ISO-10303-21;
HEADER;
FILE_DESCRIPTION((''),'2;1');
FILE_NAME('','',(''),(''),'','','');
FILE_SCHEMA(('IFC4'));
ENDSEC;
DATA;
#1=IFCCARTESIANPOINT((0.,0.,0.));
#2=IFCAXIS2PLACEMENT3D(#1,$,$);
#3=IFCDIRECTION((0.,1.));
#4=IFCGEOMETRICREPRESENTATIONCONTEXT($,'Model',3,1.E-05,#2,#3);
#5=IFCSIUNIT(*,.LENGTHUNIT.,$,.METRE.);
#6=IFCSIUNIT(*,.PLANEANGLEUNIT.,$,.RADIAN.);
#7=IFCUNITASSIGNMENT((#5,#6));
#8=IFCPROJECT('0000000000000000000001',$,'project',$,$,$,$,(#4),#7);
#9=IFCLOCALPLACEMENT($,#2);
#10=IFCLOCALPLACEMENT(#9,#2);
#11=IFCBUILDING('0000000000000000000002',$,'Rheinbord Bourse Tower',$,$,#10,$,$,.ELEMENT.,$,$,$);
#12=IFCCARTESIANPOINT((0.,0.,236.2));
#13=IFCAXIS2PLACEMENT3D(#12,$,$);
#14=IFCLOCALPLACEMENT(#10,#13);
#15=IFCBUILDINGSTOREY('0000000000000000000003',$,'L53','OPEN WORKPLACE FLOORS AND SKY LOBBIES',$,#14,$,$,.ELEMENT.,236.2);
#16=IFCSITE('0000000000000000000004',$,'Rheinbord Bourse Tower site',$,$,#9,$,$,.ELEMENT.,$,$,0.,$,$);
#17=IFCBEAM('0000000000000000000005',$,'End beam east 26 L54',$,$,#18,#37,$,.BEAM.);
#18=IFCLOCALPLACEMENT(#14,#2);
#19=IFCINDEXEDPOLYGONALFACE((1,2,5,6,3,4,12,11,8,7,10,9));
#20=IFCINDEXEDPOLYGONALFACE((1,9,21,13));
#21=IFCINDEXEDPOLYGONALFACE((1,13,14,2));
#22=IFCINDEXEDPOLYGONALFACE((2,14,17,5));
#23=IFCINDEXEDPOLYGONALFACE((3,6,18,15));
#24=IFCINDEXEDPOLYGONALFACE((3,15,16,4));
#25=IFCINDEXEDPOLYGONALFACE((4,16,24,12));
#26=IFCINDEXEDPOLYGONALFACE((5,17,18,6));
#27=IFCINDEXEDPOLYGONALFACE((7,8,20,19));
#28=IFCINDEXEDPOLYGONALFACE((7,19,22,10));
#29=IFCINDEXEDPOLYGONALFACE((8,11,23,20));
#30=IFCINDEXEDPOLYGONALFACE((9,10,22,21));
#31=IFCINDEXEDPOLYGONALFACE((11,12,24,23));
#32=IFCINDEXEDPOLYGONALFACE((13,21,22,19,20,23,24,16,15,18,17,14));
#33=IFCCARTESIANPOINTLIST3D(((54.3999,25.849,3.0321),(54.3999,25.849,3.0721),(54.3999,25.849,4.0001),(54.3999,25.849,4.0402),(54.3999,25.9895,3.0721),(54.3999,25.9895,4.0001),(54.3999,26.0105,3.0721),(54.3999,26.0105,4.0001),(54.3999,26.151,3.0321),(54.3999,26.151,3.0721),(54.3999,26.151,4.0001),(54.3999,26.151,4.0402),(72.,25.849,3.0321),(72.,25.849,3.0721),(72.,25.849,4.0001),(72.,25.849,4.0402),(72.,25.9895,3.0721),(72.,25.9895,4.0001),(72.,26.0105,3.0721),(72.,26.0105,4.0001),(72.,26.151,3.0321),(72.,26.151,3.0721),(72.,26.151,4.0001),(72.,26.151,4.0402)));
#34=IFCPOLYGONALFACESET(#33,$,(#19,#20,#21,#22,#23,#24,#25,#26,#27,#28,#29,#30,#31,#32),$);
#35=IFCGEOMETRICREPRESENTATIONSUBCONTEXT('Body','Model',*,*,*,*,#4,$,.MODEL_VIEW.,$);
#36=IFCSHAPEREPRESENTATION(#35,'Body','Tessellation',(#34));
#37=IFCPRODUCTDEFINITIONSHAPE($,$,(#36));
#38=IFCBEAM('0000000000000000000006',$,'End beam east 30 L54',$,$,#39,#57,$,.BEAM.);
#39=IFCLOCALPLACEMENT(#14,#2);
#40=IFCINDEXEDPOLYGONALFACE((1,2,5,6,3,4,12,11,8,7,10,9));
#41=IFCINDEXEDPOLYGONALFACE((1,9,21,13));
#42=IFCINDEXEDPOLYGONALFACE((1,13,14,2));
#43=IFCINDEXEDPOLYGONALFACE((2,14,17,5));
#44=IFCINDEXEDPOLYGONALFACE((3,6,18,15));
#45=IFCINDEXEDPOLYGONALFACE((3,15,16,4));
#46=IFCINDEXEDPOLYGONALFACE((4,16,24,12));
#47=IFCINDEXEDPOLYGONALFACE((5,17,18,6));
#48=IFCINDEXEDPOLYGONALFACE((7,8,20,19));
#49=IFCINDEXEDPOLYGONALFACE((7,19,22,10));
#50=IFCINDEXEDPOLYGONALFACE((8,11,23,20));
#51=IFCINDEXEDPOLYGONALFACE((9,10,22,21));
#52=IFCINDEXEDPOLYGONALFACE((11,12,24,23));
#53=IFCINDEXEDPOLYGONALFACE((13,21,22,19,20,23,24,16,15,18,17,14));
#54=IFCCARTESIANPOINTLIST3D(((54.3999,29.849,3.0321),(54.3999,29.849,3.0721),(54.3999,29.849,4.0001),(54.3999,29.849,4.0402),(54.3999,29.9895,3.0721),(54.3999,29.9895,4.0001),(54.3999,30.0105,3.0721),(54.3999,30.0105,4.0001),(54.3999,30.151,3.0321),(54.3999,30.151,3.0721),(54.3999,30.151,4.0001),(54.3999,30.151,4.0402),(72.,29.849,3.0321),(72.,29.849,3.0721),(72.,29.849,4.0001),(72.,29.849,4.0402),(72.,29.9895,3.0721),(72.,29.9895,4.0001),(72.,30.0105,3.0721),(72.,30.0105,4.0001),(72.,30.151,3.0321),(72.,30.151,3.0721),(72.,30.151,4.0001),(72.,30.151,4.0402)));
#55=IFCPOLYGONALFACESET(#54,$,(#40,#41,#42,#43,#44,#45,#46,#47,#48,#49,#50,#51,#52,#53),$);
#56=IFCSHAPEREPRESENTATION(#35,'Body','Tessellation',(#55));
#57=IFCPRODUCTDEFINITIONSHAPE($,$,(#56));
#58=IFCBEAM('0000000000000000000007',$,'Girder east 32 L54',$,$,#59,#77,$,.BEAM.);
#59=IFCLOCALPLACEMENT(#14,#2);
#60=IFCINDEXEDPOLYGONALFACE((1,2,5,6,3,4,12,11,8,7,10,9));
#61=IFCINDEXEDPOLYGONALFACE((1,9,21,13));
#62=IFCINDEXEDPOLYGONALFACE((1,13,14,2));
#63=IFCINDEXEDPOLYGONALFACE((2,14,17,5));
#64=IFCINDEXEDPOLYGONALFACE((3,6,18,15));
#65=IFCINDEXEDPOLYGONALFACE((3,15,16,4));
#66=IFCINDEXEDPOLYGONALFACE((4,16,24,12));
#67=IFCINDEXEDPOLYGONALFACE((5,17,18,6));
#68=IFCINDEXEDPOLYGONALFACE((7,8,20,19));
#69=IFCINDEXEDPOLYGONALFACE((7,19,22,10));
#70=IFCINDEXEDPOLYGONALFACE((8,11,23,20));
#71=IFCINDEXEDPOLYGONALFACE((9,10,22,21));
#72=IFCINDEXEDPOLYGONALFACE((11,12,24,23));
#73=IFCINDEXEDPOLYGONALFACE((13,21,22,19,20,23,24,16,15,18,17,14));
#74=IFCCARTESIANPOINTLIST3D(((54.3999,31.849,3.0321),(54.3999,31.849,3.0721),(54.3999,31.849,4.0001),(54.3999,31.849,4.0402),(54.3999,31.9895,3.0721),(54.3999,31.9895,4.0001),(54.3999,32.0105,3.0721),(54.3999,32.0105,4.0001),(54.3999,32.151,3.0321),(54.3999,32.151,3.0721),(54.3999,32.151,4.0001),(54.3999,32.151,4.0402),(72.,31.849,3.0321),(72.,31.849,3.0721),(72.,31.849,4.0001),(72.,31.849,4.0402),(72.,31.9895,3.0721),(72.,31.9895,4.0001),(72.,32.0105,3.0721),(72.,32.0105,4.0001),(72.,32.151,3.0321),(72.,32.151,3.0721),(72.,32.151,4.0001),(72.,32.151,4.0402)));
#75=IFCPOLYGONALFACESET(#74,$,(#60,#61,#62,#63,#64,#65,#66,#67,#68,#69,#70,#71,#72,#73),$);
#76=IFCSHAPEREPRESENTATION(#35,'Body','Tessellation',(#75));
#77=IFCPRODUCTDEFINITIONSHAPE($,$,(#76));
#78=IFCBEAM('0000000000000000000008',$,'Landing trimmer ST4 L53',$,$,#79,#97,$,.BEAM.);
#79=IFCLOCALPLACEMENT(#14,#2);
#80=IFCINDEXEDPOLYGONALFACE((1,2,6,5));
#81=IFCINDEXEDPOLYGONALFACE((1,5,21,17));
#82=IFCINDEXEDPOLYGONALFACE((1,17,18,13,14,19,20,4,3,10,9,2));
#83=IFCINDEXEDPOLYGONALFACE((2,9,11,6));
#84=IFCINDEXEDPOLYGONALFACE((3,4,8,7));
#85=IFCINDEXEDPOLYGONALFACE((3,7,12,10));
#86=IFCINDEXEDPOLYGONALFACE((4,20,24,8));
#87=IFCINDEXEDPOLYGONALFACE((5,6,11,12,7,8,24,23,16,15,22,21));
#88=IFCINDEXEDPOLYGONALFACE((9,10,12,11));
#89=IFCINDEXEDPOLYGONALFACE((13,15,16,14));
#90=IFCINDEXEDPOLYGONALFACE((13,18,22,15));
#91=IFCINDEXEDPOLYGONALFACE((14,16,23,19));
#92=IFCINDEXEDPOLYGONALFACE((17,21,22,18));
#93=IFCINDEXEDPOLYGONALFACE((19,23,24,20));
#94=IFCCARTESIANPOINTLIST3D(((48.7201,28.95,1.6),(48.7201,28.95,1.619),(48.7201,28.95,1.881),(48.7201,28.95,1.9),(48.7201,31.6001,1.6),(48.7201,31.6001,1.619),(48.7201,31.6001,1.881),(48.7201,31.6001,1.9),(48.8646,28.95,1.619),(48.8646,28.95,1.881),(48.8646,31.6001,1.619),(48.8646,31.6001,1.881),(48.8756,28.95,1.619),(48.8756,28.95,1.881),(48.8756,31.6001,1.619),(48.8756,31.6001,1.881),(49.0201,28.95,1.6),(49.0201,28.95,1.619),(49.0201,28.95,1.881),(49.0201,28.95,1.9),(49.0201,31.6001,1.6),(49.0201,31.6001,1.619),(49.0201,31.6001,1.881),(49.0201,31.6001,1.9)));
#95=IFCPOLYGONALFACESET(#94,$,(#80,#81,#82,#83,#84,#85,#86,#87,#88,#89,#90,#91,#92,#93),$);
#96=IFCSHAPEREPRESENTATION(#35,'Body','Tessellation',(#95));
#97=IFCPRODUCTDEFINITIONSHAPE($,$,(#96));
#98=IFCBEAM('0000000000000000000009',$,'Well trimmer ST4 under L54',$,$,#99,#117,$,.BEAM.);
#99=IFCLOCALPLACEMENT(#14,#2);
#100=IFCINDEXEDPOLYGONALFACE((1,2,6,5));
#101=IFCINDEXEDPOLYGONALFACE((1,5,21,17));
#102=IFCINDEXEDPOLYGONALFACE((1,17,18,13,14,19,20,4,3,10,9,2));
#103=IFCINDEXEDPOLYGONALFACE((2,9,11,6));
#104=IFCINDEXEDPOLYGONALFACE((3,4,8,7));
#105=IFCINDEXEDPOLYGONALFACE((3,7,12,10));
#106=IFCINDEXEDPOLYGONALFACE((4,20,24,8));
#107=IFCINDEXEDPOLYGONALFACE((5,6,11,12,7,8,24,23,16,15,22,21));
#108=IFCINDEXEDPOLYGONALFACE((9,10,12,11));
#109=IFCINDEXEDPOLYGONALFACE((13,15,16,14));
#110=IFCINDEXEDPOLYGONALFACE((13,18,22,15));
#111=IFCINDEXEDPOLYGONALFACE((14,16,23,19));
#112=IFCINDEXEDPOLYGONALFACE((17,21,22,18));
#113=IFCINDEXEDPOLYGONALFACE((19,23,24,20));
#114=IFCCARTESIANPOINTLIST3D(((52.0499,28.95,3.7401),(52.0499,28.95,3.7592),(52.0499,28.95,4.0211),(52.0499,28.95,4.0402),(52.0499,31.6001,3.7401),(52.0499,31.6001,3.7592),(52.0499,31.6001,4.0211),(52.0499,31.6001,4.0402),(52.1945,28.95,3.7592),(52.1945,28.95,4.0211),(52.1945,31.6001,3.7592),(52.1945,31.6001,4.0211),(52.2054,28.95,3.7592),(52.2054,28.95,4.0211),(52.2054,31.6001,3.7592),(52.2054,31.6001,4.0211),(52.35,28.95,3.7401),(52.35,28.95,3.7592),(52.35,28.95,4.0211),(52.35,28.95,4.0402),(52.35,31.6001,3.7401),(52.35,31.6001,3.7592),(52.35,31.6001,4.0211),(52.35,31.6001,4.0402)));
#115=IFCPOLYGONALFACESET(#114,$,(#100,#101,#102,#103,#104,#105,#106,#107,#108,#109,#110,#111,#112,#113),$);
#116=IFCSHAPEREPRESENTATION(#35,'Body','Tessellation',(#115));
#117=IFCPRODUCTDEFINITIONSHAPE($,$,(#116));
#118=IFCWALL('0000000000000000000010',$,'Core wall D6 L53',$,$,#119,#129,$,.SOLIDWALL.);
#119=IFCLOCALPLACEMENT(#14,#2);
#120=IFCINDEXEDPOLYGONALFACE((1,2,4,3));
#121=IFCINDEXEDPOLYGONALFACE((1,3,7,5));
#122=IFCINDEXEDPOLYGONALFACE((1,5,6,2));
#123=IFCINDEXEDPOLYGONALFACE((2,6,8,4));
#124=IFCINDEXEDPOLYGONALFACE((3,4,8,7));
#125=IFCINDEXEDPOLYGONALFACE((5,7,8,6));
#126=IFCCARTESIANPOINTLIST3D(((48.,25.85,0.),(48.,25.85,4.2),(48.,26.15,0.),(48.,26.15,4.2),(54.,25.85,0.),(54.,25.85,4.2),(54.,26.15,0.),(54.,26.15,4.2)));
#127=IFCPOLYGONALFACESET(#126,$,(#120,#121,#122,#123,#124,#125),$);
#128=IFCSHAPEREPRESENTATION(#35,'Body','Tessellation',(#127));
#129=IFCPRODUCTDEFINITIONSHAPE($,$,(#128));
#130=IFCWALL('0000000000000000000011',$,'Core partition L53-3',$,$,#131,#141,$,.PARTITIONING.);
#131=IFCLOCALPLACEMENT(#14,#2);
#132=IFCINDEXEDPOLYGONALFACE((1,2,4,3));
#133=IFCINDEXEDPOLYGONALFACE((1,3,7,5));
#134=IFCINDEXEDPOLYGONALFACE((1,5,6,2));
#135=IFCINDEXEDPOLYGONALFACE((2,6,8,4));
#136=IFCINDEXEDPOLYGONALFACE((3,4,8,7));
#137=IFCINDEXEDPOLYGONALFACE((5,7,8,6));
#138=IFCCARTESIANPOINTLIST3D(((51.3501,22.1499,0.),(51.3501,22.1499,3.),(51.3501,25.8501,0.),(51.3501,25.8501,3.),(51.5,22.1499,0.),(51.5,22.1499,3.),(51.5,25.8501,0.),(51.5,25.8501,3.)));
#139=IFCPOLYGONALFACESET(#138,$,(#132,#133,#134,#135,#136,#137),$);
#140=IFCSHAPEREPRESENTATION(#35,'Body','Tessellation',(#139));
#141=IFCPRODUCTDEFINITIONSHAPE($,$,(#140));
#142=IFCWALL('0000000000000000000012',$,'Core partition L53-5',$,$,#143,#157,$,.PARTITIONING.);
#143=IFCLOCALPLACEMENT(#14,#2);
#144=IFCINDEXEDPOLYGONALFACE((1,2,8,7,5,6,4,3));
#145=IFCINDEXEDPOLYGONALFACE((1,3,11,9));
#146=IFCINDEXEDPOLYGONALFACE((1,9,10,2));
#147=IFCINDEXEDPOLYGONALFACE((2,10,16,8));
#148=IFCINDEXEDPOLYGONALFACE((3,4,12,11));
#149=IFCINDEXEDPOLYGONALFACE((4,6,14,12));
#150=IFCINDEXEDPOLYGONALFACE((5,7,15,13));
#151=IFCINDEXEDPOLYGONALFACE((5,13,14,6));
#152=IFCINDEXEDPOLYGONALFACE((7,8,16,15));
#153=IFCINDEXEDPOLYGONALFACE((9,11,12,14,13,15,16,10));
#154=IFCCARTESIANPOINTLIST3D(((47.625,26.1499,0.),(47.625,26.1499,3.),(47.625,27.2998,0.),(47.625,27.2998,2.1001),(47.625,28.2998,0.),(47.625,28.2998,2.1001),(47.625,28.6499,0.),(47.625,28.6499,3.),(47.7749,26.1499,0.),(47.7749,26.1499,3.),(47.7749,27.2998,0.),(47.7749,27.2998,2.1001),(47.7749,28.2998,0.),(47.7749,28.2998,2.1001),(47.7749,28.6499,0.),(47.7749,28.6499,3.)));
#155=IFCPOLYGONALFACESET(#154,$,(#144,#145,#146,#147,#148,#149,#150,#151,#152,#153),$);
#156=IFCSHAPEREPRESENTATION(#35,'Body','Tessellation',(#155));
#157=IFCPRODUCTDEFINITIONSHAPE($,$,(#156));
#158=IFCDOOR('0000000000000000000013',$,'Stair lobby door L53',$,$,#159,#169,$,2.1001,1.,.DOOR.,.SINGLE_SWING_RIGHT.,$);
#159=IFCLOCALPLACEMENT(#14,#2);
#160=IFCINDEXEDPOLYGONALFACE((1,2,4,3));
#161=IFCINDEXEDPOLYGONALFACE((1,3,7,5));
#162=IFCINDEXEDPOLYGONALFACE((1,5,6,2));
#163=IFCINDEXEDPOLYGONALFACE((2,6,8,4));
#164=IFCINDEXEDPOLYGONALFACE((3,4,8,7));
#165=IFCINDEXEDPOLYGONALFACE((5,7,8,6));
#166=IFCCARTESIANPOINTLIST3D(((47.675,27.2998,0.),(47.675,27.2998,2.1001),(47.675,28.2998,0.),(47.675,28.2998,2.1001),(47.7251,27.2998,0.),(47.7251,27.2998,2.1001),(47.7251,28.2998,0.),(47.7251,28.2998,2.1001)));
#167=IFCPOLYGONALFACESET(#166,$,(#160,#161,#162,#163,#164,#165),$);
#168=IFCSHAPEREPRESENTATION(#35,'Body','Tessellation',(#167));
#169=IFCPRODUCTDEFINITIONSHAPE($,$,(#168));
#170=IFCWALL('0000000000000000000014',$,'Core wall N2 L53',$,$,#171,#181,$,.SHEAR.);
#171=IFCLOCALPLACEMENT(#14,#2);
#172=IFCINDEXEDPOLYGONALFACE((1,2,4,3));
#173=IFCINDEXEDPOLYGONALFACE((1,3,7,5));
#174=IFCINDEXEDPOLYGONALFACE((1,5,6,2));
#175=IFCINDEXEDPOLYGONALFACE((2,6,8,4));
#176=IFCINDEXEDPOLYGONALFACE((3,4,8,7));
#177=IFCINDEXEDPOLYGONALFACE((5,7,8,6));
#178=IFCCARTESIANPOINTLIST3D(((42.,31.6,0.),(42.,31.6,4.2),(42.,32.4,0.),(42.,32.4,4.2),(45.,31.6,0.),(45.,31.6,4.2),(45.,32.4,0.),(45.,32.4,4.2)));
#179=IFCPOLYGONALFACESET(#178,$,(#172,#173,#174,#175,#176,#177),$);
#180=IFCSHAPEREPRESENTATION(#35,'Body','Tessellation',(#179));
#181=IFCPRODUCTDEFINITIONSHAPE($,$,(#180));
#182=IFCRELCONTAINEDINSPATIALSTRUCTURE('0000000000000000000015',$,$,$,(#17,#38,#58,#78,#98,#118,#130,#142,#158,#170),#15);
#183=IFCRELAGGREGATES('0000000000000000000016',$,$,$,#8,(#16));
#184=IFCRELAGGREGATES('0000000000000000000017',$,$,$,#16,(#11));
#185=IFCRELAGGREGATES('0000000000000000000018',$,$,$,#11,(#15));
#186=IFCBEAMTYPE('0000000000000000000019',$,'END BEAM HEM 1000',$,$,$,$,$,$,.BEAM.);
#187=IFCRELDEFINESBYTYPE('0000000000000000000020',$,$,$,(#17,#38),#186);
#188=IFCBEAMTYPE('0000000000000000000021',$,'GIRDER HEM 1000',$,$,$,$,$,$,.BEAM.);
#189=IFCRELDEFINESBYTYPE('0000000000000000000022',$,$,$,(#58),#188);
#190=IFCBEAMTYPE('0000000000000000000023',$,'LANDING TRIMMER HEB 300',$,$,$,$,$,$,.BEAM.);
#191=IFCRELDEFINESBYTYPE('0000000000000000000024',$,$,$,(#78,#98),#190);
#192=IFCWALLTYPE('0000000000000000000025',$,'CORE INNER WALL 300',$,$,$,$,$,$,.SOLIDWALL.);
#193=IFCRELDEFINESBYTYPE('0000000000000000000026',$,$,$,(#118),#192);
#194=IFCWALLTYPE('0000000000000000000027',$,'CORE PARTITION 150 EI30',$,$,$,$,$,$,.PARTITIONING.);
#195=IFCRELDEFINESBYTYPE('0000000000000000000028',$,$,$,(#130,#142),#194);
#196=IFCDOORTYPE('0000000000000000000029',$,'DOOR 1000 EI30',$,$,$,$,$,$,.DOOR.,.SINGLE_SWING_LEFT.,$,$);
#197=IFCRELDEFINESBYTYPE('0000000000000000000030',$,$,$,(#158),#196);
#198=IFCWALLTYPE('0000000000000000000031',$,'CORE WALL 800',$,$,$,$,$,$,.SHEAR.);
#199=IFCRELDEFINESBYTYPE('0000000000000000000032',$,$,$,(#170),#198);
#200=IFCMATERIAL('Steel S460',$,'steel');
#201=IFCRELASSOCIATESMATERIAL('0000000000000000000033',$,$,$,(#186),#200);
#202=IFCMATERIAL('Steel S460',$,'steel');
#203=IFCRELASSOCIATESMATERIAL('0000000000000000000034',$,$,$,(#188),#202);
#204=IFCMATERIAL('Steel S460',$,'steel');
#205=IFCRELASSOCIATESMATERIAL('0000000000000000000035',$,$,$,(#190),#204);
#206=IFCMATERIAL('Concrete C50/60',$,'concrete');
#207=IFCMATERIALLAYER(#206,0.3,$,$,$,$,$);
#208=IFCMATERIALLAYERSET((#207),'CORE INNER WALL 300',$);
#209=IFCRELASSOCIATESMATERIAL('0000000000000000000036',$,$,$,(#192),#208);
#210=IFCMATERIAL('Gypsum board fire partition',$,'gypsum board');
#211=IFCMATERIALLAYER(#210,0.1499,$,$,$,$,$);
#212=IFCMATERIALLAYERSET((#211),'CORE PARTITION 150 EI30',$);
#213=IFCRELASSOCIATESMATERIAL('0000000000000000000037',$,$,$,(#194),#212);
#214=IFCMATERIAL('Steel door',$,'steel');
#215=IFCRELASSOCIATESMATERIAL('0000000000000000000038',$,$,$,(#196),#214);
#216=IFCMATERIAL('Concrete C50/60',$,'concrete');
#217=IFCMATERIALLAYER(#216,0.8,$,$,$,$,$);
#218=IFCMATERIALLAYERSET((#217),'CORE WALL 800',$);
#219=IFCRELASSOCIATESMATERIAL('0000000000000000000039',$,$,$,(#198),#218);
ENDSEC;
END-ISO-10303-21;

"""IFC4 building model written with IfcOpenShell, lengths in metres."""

from ifc_helpers import new_model, si_unit, direction, frame, frame_2d, origin, origin_2d, place, context, subcontext, project, spatial, rectangle, i_section, extrude, material, layer, layer_set, material_profile, profile_set, type_object, element, fill, save


model = new_model("IFC4")

# Units and contexts
model_context = context("Model", 3, precision=1e-05, world=origin(), true_north=direction((0.0, 1.0)))
body_context = subcontext(model_context, "Body", "Model", "MODEL_VIEW")
ifc_project = project(units=[si_unit("LENGTHUNIT", "METRE"), si_unit("PLANEANGLEUNIT", "RADIAN")], contexts=[model_context])

# Site, building, storey
site_placement = place(None, origin())
site = spatial("IfcSite", under=ifc_project, at=site_placement, Name="Rheinbord Bourse Tower site", CompositionType="ELEMENT", RefElevation=0.0)
building_placement = place(site_placement, origin())
building = spatial("IfcBuilding", under=site, at=building_placement, Name="Rheinbord Bourse Tower", CompositionType="ELEMENT")
storey_placement = place(building_placement, frame((0.0, 0.0, 236.2)))
storey = spatial("IfcBuildingStorey", under=building, at=storey_placement, Name="L53", Description="OPEN WORKPLACE FLOORS AND SKY LOBBIES", CompositionType="ELEMENT", Elevation=236.2)

# Beams
ifc_material_1 = material(Name="Steel S460", Category="steel")
ifc_material_profile_1 = material_profile(ifc_material_1, i_section(OverallWidth=0.302, OverallDepth=1.0081, WebThickness=0.021, FlangeThickness=0.04, at=origin_2d()), Name="HEM 1000")
ifc_profile_set_1 = profile_set([ifc_material_profile_1], Name="Steel S460")
beam_type_1 = type_object("IfcBeamType", Name="END BEAM HEM 1000", PredefinedType="BEAM", material=ifc_profile_set_1)
for number, where, z_axis, x_axis, name in (
    (1, (54.3999, 26.0, 3.5361), (1.0, 0.0, 0.0), (0.0, 1.0, 0.0), "End beam east 26 L54"),
    (2, (54.3999, 30.0, 3.5361), (1.0, 0.0, 0.0), (0.0, 1.0, 0.0), "End beam east 30 L54"),
):
    element("IfcBeam", number, at=place(storey_placement, frame(where, z_axis=z_axis, x_axis=x_axis)), inside=storey, type_object=beam_type_1, Name=name, PredefinedType="BEAM", context=body_context, shape_type="SweptSolid", body=[
        extrude(i_section(OverallWidth=0.302, OverallDepth=1.0081, WebThickness=0.021, FlangeThickness=0.04, at=origin_2d()), origin(), (0.0, 0.0, 1.0), 17.6001),
    ])
ifc_material_2 = material(Name="Steel S460", Category="steel")
ifc_material_profile_2 = material_profile(ifc_material_2, i_section(OverallWidth=0.302, OverallDepth=1.0081, WebThickness=0.021, FlangeThickness=0.04, at=origin_2d()), Name="HEM 1000")
ifc_profile_set_2 = profile_set([ifc_material_profile_2], Name="Steel S460")
beam_type_2 = type_object("IfcBeamType", Name="GIRDER HEM 1000", PredefinedType="BEAM", material=ifc_profile_set_2)
beam_placement = place(storey_placement, frame((54.3999, 32.0, 3.5361), z_axis=(1.0, 0.0, 0.0), x_axis=(0.0, 1.0, 0.0)))
element("IfcBeam", 3, at=beam_placement, inside=storey, type_object=beam_type_2, Name="Girder east 32 L54", PredefinedType="BEAM", context=body_context, shape_type="SweptSolid", body=[
    extrude(i_section(OverallWidth=0.302, OverallDepth=1.0081, WebThickness=0.021, FlangeThickness=0.04, at=origin_2d()), origin(), (0.0, 0.0, 1.0), 17.6001),
])
ifc_material_3 = material(Name="Steel S460", Category="steel")
ifc_material_profile_3 = material_profile(ifc_material_3, i_section(OverallWidth=0.3, OverallDepth=0.3, WebThickness=0.011, FlangeThickness=0.019, at=origin_2d()), Name="HEB 300")
ifc_profile_set_3 = profile_set([ifc_material_profile_3], Name="Steel S460")
beam_type_3 = type_object("IfcBeamType", Name="LANDING TRIMMER HEB 300", PredefinedType="BEAM", material=ifc_profile_set_3)
for number, where, z_axis, x_axis, name in (
    (4, (48.8701, 28.95, 1.75), (0.0, 1.0, 0.0), (-1.0, 0.0, 0.0), "Landing trimmer ST4 L53"),
    (5, (52.2, 28.95, 3.8901), (0.0, 1.0, 0.0), (-1.0, 0.0, 0.0), "Well trimmer ST4 under L54"),
):
    element("IfcBeam", number, at=place(storey_placement, frame(where, z_axis=z_axis, x_axis=x_axis)), inside=storey, type_object=beam_type_3, Name=name, PredefinedType="BEAM", context=body_context, shape_type="SweptSolid", body=[
        extrude(i_section(OverallWidth=0.3, OverallDepth=0.3, WebThickness=0.011, FlangeThickness=0.019, at=origin_2d()), origin(), (0.0, 0.0, 1.0), 2.6501),
    ])

# Walls
ifc_material_4 = material(Name="Concrete C50/60", Category="concrete")
ifc_layer_1 = layer(ifc_material_4, 0.3)
ifc_layer_set_1 = layer_set([ifc_layer_1], Name="CORE INNER WALL 300")
wall_type_1 = type_object("IfcWallType", Name="CORE INNER WALL 300", PredefinedType="SOLIDWALL", material=ifc_layer_set_1)
wall_1_placement = place(storey_placement, frame((48.0, 26.0, 0.0), z_axis=(0.0, 0.0, 1.0), x_axis=(1.0, 0.0, 0.0)))
element("IfcWall", 6, at=wall_1_placement, inside=storey, type_object=wall_type_1, Name="Core wall D6 L53", PredefinedType="SOLIDWALL", context=body_context, shape_type="SweptSolid", body=[
    extrude(rectangle(XDim=6.0, YDim=0.3, at=frame_2d((3.0, 0.0))), origin(), (0.0, 0.0, 1.0), 4.2),
])
ifc_material_5 = material(Name="Gypsum board fire partition", Category="gypsum board")
ifc_layer_2 = layer(ifc_material_5, 0.1499)
ifc_layer_set_2 = layer_set([ifc_layer_2], Name="CORE PARTITION 150 EI30")
wall_type_2 = type_object("IfcWallType", Name="CORE PARTITION 150 EI30", PredefinedType="PARTITIONING", material=ifc_layer_set_2)
wall_2_placement = place(storey_placement, frame((51.425, 22.1499, 0.0), z_axis=(0.0, 0.0, 1.0), x_axis=(0.0, 1.0, 0.0)))
element("IfcWall", 7, at=wall_2_placement, inside=storey, type_object=wall_type_2, Name="Core partition L53-3", PredefinedType="PARTITIONING", context=body_context, shape_type="SweptSolid", body=[
    extrude(rectangle(XDim=3.7002, YDim=0.1499, at=frame_2d((1.8501, 0.0))), origin(), (0.0, 0.0, 1.0), 3.0),
])

# Wall, opening, door
wall_3_placement = place(storey_placement, frame((47.7, 26.1499, 0.0), z_axis=(0.0, 0.0, 1.0), x_axis=(0.0, 1.0, 0.0)))
wall_3 = element("IfcWall", 8, at=wall_3_placement, inside=storey, type_object=wall_type_2, Name="Core partition L53-5", PredefinedType="PARTITIONING", context=body_context, shape_type="SweptSolid", body=[
    extrude(rectangle(XDim=2.5, YDim=0.1499, at=frame_2d((1.25, 0.0))), origin(), (0.0, 0.0, 1.0), 3.0),
])
opening_1_placement = place(wall_3_placement, frame((1.1499, 0.0, 0.0)))
opening_1 = element("IfcOpeningElement", 9, at=opening_1_placement, cuts=wall_3, PredefinedType="OPENING", context=body_context, shape_type="SweptSolid", body=[
    extrude(rectangle(XDim=1.0, YDim=2.1001, at=frame_2d((0.5, 1.05))), frame((0.0, 0.085, 0.0), z_axis=(0.0, -1.0, 0.0), x_axis=(1.0, 0.0, 0.0)), (0.0, 0.0, 1.0), 0.1699),
])
ifc_material_6 = material(Name="Steel door", Category="steel")
door_type_1 = type_object("IfcDoorType", Name="DOOR 1000 EI30", OperationType="SINGLE_SWING_LEFT", PredefinedType="DOOR", material=ifc_material_6)
door_1_placement = place(opening_1_placement, origin())
door_1 = element("IfcDoor", 10, at=door_1_placement, inside=storey, type_object=door_type_1, Name="Stair lobby door L53", OperationType="SINGLE_SWING_RIGHT", OverallHeight=2.1001, OverallWidth=1.0, PredefinedType="DOOR", context=body_context, shape_type="SweptSolid", body=[
    extrude(rectangle(XDim=1.0, YDim=2.1001, at=frame_2d((0.5, 1.05))), frame((0.0, 0.0249, 0.0), z_axis=(0.0, -1.0, 0.0), x_axis=(1.0, 0.0, 0.0)), (0.0, 0.0, 1.0), 0.05),
])
fill(opening_1, door_1)

# Wall
ifc_material_7 = material(Name="Concrete C50/60", Category="concrete")
ifc_layer_3 = layer(ifc_material_7, 0.8)
ifc_layer_set_3 = layer_set([ifc_layer_3], Name="CORE WALL 800")
wall_type_3 = type_object("IfcWallType", Name="CORE WALL 800", PredefinedType="SHEAR", material=ifc_layer_set_3)
wall_4_placement = place(storey_placement, frame((45.0, 32.0, 0.0), z_axis=(0.0, 0.0, 1.0), x_axis=(-1.0, 0.0, 0.0)))
element("IfcWall", 11, at=wall_4_placement, inside=storey, type_object=wall_type_3, Name="Core wall N2 L53", PredefinedType="SHEAR", context=body_context, shape_type="SweptSolid", body=[
    extrude(rectangle(XDim=3.0, YDim=0.8, at=frame_2d((1.5, 0.0))), origin(), (0.0, 0.0, 1.0), 4.2),
])

save(model, "model.ifc")
